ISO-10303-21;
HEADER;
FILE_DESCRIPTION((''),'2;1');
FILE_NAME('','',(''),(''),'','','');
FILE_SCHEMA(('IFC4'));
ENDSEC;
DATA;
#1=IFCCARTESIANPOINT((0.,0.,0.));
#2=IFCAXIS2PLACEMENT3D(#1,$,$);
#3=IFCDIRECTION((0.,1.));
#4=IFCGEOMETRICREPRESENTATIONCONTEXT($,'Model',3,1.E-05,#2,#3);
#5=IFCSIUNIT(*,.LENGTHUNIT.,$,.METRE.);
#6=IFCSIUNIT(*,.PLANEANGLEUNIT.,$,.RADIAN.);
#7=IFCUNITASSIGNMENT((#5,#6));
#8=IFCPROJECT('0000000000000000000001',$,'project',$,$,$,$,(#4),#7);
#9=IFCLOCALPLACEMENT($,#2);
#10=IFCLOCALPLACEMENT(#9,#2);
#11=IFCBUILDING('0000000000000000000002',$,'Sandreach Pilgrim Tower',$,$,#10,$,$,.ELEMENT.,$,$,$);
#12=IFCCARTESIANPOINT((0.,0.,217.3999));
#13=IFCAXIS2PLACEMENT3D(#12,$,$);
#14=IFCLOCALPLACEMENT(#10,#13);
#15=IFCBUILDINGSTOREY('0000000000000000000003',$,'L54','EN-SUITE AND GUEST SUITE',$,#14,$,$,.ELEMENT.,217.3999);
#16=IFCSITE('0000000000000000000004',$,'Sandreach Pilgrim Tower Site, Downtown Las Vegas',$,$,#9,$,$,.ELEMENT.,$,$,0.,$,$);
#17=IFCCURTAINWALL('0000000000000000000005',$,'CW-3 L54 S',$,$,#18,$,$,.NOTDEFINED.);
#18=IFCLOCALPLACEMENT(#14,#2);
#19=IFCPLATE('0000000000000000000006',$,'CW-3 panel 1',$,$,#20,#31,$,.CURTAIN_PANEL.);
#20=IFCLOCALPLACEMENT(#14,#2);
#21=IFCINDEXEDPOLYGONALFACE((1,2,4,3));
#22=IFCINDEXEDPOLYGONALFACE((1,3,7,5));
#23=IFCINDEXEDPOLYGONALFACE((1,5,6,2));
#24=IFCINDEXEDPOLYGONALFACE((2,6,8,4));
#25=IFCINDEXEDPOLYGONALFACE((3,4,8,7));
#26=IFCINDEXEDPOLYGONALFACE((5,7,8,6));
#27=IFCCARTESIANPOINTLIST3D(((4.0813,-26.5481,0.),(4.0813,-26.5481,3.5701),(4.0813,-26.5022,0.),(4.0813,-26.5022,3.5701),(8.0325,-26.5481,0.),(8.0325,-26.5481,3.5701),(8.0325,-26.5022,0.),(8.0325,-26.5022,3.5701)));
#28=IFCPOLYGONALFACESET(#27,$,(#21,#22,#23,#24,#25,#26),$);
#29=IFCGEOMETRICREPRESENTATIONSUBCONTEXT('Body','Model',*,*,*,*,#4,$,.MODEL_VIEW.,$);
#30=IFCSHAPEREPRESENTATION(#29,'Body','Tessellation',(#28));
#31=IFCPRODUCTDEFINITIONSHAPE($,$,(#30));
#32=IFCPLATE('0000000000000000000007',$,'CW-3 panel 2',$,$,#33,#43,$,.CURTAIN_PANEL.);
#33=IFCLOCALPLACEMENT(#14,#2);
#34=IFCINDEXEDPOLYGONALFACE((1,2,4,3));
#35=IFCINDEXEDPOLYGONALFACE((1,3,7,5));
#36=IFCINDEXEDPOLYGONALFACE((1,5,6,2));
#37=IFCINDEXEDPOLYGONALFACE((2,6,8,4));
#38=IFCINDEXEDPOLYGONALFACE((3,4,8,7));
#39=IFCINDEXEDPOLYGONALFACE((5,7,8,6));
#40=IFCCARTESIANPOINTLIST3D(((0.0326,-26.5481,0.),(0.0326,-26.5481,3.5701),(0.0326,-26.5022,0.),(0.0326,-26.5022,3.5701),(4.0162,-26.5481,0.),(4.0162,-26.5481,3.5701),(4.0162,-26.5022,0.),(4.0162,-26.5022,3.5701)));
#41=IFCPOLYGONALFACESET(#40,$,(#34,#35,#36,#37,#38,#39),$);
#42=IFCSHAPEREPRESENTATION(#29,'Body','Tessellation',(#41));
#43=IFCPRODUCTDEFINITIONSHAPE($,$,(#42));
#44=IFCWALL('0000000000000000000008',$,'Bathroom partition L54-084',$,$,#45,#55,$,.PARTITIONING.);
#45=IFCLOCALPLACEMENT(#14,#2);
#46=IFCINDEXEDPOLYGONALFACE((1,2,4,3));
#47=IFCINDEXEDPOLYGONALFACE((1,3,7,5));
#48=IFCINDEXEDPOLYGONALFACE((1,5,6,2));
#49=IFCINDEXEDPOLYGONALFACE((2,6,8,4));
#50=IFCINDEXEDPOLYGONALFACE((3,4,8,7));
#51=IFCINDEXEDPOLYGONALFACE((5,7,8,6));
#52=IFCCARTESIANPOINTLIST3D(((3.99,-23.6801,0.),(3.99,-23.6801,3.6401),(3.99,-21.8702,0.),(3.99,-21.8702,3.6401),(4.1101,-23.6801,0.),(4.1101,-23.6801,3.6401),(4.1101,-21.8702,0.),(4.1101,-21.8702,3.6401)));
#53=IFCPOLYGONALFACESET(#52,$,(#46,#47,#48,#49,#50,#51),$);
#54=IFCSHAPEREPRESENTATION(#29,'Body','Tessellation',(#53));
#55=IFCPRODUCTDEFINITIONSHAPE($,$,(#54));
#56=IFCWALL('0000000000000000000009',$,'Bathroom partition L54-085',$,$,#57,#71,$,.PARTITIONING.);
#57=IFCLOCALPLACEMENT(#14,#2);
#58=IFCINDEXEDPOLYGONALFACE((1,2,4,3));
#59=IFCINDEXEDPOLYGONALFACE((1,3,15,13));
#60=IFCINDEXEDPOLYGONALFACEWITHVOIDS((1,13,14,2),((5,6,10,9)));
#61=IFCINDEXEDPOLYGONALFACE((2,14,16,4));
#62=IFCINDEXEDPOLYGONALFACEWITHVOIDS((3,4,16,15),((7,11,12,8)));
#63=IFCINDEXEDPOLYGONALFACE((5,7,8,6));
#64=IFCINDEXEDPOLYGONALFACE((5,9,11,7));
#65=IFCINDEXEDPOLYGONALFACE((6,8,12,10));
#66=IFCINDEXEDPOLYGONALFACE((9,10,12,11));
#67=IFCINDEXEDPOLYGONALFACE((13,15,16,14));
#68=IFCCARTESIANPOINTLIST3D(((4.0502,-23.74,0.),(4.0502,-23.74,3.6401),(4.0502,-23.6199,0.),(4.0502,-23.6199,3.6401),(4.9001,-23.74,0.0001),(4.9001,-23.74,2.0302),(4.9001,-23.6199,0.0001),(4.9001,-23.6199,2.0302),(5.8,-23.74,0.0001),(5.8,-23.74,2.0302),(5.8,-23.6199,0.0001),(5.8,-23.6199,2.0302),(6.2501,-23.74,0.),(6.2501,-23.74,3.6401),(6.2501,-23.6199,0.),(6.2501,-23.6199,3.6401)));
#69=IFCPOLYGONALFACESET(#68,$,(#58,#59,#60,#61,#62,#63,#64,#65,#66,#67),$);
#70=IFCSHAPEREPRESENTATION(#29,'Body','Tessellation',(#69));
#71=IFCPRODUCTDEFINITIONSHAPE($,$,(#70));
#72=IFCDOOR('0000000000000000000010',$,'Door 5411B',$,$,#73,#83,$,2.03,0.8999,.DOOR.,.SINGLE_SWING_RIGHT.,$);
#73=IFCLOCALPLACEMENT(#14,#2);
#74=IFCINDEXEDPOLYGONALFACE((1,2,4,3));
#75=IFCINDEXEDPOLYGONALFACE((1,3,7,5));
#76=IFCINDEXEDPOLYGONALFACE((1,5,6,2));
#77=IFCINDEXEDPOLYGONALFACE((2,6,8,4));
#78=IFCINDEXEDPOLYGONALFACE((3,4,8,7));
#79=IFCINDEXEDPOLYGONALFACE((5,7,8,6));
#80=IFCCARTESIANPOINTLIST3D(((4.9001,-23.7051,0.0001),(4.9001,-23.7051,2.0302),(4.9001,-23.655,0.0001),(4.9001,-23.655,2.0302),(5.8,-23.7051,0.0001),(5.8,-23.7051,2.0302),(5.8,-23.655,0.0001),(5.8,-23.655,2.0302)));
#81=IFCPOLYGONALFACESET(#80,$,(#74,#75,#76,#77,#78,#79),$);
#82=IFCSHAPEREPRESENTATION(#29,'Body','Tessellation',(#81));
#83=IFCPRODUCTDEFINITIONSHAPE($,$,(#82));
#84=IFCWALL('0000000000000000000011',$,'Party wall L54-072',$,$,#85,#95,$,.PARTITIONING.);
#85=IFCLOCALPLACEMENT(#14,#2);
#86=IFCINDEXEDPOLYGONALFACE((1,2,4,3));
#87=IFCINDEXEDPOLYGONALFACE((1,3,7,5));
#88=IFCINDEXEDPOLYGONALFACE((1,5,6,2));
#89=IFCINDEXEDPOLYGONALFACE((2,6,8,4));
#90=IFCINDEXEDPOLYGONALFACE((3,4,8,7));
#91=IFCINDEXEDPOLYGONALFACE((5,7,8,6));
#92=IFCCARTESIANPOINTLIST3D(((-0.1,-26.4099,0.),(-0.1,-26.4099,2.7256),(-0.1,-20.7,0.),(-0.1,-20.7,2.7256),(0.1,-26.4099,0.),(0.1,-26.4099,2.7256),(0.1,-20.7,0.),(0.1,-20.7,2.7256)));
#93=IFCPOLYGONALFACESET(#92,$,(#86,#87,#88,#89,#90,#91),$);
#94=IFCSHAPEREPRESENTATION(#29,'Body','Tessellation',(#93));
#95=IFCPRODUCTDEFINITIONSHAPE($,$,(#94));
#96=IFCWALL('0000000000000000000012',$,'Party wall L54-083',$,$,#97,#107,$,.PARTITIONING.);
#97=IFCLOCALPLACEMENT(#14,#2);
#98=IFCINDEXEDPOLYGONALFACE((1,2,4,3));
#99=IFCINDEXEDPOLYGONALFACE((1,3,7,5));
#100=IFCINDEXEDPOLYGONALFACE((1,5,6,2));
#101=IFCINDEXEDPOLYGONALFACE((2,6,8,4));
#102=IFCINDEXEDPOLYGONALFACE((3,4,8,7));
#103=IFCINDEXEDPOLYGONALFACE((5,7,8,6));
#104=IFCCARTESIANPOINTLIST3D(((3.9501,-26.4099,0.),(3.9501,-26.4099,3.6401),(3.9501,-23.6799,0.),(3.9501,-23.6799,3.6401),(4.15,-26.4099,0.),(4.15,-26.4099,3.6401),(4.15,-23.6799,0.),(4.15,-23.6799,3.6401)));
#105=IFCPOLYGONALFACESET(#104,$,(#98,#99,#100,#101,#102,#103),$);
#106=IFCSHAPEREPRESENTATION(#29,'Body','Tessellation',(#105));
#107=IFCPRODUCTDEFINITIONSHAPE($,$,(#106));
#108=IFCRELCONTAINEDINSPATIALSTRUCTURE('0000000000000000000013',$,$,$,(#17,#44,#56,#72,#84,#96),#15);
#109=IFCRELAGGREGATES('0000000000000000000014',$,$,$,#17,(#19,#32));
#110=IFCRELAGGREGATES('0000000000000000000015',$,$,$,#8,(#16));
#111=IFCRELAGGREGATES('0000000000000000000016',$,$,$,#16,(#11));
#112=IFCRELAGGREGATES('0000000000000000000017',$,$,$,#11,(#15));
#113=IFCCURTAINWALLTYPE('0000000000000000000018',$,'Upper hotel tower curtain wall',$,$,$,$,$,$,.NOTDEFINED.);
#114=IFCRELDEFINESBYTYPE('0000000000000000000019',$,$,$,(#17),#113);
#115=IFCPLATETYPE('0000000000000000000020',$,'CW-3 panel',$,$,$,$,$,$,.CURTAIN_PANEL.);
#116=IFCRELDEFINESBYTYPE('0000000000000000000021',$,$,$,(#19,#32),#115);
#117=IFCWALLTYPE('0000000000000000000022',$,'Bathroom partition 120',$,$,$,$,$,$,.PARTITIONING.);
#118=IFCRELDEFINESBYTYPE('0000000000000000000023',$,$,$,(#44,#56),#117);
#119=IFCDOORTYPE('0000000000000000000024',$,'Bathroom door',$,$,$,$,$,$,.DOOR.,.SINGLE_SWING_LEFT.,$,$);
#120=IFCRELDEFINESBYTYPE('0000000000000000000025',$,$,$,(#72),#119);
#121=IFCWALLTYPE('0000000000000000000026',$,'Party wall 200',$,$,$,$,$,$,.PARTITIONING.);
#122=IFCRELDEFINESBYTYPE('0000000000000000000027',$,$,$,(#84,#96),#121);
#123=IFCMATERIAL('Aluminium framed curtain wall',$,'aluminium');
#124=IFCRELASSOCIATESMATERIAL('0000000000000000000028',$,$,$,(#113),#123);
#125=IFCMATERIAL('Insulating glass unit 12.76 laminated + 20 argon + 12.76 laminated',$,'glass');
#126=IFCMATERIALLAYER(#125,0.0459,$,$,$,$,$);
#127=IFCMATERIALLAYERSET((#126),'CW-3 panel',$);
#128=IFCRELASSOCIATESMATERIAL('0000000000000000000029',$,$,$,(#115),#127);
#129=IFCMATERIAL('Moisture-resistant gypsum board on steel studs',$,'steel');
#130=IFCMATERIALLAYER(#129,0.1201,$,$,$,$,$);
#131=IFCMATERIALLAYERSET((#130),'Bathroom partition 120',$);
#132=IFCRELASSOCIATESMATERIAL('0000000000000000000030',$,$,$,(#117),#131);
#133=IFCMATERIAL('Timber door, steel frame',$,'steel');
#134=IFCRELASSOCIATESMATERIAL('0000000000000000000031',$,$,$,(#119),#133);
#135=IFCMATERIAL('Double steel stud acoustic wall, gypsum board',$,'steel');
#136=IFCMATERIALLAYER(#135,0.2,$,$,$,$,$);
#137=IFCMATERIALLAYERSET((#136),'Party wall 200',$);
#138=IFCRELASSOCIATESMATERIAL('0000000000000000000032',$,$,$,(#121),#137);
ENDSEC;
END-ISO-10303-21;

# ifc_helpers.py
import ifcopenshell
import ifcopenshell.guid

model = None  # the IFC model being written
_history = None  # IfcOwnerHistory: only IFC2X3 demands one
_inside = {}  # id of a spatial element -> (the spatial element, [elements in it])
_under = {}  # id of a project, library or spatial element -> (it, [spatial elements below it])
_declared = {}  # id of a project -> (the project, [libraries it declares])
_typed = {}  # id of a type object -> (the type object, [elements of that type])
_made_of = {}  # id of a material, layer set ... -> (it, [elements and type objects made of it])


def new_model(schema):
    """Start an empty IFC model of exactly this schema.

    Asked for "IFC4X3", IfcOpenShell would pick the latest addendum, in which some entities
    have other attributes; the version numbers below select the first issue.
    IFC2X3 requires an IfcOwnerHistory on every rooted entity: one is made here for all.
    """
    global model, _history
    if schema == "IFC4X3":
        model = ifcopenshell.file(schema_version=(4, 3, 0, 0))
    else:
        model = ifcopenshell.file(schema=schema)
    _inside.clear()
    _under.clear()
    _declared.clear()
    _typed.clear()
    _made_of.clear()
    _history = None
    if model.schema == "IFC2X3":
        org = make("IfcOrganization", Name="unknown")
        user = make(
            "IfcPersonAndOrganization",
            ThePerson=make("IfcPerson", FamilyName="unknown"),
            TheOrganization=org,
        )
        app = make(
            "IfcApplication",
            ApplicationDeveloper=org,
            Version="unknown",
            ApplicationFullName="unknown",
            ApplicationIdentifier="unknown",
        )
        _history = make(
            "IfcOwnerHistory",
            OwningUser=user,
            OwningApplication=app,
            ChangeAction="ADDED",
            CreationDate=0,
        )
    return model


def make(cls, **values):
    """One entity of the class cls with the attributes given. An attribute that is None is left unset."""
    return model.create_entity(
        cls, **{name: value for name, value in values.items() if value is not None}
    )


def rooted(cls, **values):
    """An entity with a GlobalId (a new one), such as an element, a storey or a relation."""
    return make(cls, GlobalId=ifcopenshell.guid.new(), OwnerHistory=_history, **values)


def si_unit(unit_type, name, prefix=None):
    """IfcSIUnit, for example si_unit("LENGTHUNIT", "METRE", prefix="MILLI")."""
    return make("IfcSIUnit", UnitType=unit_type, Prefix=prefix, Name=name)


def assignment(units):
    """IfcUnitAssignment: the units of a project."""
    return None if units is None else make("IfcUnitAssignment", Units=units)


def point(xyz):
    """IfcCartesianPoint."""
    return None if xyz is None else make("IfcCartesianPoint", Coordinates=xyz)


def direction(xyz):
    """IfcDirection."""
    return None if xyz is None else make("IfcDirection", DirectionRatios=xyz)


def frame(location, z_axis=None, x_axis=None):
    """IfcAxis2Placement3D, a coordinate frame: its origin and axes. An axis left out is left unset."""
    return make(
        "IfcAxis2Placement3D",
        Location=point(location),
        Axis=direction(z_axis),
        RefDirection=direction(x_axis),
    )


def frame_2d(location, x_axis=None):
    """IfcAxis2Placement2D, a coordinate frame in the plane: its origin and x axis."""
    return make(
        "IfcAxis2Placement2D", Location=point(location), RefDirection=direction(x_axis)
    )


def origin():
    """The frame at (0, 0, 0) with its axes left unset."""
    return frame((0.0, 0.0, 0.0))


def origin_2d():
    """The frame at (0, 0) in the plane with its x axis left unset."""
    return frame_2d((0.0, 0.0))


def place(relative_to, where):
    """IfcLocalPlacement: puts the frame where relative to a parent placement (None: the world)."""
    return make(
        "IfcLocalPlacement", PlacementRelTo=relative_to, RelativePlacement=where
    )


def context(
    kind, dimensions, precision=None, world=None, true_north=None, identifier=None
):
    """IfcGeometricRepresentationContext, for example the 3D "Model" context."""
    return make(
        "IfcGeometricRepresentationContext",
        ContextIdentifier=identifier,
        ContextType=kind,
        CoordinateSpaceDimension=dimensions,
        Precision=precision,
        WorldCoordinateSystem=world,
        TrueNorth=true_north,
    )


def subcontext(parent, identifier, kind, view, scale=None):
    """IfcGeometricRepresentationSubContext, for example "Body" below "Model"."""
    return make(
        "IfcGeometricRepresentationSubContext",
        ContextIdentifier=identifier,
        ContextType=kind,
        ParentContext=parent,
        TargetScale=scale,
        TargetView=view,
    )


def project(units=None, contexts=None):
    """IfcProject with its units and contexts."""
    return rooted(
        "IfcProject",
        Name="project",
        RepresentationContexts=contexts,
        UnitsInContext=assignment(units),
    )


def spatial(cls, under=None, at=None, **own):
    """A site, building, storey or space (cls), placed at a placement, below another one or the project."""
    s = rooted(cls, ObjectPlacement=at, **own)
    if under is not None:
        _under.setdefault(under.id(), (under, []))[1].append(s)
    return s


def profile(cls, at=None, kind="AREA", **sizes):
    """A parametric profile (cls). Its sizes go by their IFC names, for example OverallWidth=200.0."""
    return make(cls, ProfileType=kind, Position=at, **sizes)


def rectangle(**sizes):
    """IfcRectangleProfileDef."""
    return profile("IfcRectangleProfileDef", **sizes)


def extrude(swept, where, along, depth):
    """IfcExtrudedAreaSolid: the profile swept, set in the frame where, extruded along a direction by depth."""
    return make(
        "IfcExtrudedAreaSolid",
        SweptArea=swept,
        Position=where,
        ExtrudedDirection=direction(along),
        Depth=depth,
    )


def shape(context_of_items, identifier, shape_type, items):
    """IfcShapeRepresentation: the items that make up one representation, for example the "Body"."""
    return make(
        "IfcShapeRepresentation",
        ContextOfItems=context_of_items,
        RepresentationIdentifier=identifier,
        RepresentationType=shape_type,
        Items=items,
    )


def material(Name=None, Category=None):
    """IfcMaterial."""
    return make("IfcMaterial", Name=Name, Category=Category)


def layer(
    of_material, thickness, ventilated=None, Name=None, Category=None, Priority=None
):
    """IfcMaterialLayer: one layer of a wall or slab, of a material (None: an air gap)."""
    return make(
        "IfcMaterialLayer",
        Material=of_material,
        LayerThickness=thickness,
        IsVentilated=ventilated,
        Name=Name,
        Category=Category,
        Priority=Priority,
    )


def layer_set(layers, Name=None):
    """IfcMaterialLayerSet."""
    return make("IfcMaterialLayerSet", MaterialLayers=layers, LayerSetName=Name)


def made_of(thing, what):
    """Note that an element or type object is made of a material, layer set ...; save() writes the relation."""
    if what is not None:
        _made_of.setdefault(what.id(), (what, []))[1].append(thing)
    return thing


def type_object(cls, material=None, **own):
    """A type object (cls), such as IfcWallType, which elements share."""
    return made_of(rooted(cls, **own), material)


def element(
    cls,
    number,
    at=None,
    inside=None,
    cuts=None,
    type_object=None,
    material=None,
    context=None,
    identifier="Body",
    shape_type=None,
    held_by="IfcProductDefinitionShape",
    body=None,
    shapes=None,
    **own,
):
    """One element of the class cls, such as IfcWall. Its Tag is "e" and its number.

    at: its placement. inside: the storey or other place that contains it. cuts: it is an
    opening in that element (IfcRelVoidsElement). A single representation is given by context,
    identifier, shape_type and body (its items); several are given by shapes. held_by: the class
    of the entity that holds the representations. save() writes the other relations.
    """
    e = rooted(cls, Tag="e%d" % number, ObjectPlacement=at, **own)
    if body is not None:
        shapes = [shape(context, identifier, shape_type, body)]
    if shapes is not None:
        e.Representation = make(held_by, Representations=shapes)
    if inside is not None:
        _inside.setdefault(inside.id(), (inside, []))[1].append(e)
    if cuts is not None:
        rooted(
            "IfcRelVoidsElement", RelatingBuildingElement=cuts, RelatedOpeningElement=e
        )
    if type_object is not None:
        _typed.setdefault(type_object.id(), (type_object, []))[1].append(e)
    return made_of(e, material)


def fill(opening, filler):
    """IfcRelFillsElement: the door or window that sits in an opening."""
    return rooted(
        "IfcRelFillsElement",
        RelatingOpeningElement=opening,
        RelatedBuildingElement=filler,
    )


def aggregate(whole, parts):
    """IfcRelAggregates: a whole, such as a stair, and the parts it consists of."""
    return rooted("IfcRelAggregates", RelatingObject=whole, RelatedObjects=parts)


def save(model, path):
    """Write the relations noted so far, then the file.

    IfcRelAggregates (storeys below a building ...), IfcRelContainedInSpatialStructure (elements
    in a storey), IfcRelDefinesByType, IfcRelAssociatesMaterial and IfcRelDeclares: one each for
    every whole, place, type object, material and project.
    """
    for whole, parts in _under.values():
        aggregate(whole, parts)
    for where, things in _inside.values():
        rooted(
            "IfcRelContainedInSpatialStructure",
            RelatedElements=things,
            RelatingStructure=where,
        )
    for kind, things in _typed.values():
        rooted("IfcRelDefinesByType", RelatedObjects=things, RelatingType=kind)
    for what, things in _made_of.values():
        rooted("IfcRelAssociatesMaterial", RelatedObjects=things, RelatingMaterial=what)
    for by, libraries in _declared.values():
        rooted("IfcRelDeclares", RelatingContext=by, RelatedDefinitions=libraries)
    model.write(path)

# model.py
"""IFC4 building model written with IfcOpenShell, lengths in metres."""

from ifc_helpers import new_model, si_unit, direction, frame, frame_2d, origin, origin_2d, place, context, subcontext, project, spatial, rectangle, extrude, material, layer, layer_set, type_object, element, fill, aggregate, save


model = new_model("IFC4")

# Units and contexts
model_context = context("Model", 3, precision=1e-05, world=origin(), true_north=direction((0.0, 1.0)))
body_context = subcontext(model_context, "Body", "Model", "MODEL_VIEW")
ifc_project = project(units=[si_unit("LENGTHUNIT", "METRE"), si_unit("PLANEANGLEUNIT", "RADIAN")], contexts=[model_context])

# Site, building, storey
site_placement = place(None, origin())
site = spatial("IfcSite", under=ifc_project, at=site_placement, Name="Sandreach Pilgrim Tower Site, Downtown Las Vegas", CompositionType="ELEMENT", RefElevation=0.0)
building_placement = place(site_placement, origin())
building = spatial("IfcBuilding", under=site, at=building_placement, Name="Sandreach Pilgrim Tower", CompositionType="ELEMENT")
storey_placement = place(building_placement, frame((0.0, 0.0, 217.3999)))
storey = spatial("IfcBuildingStorey", under=building, at=storey_placement, Name="L54", Description="EN-SUITE AND GUEST SUITE", CompositionType="ELEMENT", Elevation=217.3999)

# Curtain wall
ifc_material_1 = material(Name="Aluminium framed curtain wall", Category="aluminium")
curtain_wall_type = type_object("IfcCurtainWallType", Name="Upper hotel tower curtain wall", PredefinedType="NOTDEFINED", material=ifc_material_1)
curtain_wall_placement = place(storey_placement, origin())
curtain_wall = element("IfcCurtainWall", 1, at=curtain_wall_placement, inside=storey, type_object=curtain_wall_type, Name="CW-3 L54 S", PredefinedType="NOTDEFINED")

# Plates
ifc_material_2 = material(Name="Insulating glass unit 12.76 laminated + 20 argon + 12.76 laminated", Category="glass")
ifc_layer_1 = layer(ifc_material_2, 0.0459)
ifc_layer_set_1 = layer_set([ifc_layer_1], Name="CW-3 panel")
plate_type = type_object("IfcPlateType", Name="CW-3 panel", PredefinedType="CURTAIN_PANEL", material=ifc_layer_set_1)
plate_1_placement = place(storey_placement, frame((6.0569, -26.5251, 0.0), z_axis=(0.0, 0.0, 1.0), x_axis=(-1.0, 0.0, 0.0)))
plate_1 = element("IfcPlate", 2, at=plate_1_placement, type_object=plate_type, Name="CW-3 panel 1", PredefinedType="CURTAIN_PANEL", context=body_context, shape_type="SweptSolid", body=[
    extrude(rectangle(XDim=3.9512, YDim=0.0459, at=origin_2d()), origin(), (0.0, 0.0, 1.0), 3.5701),
])
plate_2_placement = place(storey_placement, frame((2.0244, -26.5251, 0.0), z_axis=(0.0, 0.0, 1.0), x_axis=(-1.0, 0.0, 0.0)))
plate_2 = element("IfcPlate", 3, at=plate_2_placement, type_object=plate_type, Name="CW-3 panel 2", PredefinedType="CURTAIN_PANEL", context=body_context, shape_type="SweptSolid", body=[
    extrude(rectangle(XDim=3.9836, YDim=0.0459, at=origin_2d()), origin(), (0.0, 0.0, 1.0), 3.5701),
])
aggregate(curtain_wall, [plate_1, plate_2])

# Wall
ifc_material_3 = material(Name="Moisture-resistant gypsum board on steel studs", Category="steel")
ifc_layer_2 = layer(ifc_material_3, 0.1201)
ifc_layer_set_2 = layer_set([ifc_layer_2], Name="Bathroom partition 120")
wall_type_1 = type_object("IfcWallType", Name="Bathroom partition 120", PredefinedType="PARTITIONING", material=ifc_layer_set_2)
wall_1_placement = place(storey_placement, frame((4.05, -23.6799, 0.0), z_axis=(0.0, 0.0, 1.0), x_axis=(0.0, 1.0, 0.0)))
element("IfcWall", 4, at=wall_1_placement, inside=storey, type_object=wall_type_1, Name="Bathroom partition L54-084", PredefinedType="PARTITIONING", context=body_context, shape_type="SweptSolid", body=[
    extrude(rectangle(XDim=1.8098, YDim=0.1201, at=frame_2d((0.9048, 0.0))), origin(), (0.0, 0.0, 1.0), 3.6401),
])

# Wall, opening, door
wall_2_placement = place(storey_placement, frame((4.05, -23.6799, 0.0), z_axis=(0.0, 0.0, 1.0), x_axis=(1.0, 0.0, 0.0)))
wall_2 = element("IfcWall", 5, at=wall_2_placement, inside=storey, type_object=wall_type_1, Name="Bathroom partition L54-085", PredefinedType="PARTITIONING", context=body_context, shape_type="SweptSolid", body=[
    extrude(rectangle(XDim=2.2, YDim=0.1201, at=frame_2d((1.1001, 0.0))), origin(), (0.0, 0.0, 1.0), 3.6401),
])
opening_placement = place(wall_2_placement, frame((0.8501, 0.0, 0.0)))
opening = element("IfcOpeningElement", 6, at=opening_placement, cuts=wall_2, PredefinedType="OPENING", context=body_context, shape_type="SweptSolid", body=[
    extrude(rectangle(XDim=0.8999, YDim=2.03, at=frame_2d((0.45, 1.0151))), frame((0.0, 0.0601, 0.0), z_axis=(0.0, -1.0, 0.0), x_axis=(1.0, 0.0, 0.0)), (0.0, 0.0, 1.0), 0.1201),
])
ifc_material_4 = material(Name="Timber door, steel frame", Category="steel")
door_type = type_object("IfcDoorType", Name="Bathroom door", OperationType="SINGLE_SWING_LEFT", PredefinedType="DOOR", material=ifc_material_4)
door_placement = place(opening_placement, origin())
door = element("IfcDoor", 7, at=door_placement, inside=storey, type_object=door_type, Name="Door 5411B", OperationType="SINGLE_SWING_RIGHT", OverallHeight=2.03, OverallWidth=0.8999, PredefinedType="DOOR", context=body_context, shape_type="SweptSolid", body=[
    extrude(rectangle(XDim=0.8999, YDim=2.03, at=frame_2d((0.45, 1.0151))), frame((0.0, 0.0249, 0.0), z_axis=(0.0, -1.0, 0.0), x_axis=(1.0, 0.0, 0.0)), (0.0, 0.0, 1.0), 0.05),
])
fill(opening, door)

# Walls
ifc_material_5 = material(Name="Double steel stud acoustic wall, gypsum board", Category="steel")
ifc_layer_3 = layer(ifc_material_5, 0.2)
ifc_layer_set_3 = layer_set([ifc_layer_3], Name="Party wall 200")
wall_type_2 = type_object("IfcWallType", Name="Party wall 200", PredefinedType="PARTITIONING", material=ifc_layer_set_3)
wall_3_placement = place(storey_placement, frame((0.0, -26.4099, 0.0), z_axis=(0.0, 0.0, 1.0), x_axis=(0.0, 1.0, 0.0)))
element("IfcWall", 8, at=wall_3_placement, inside=storey, type_object=wall_type_2, Name="Party wall L54-072", PredefinedType="PARTITIONING", context=body_context, shape_type="SweptSolid", body=[
    extrude(rectangle(XDim=5.71, YDim=0.2, at=frame_2d((2.855, 0.0))), origin(), (0.0, 0.0, 1.0), 2.7256),
])
wall_4_placement = place(storey_placement, frame((4.05, -26.4099, 0.0), z_axis=(0.0, 0.0, 1.0), x_axis=(0.0, 1.0, 0.0)))
element("IfcWall", 9, at=wall_4_placement, inside=storey, type_object=wall_type_2, Name="Party wall L54-083", PredefinedType="PARTITIONING", context=body_context, shape_type="SweptSolid", body=[
    extrude(rectangle(XDim=2.73, YDim=0.2, at=frame_2d((1.365, 0.0))), origin(), (0.0, 0.0, 1.0), 3.6401),
])

save(model, "model.ifc")
